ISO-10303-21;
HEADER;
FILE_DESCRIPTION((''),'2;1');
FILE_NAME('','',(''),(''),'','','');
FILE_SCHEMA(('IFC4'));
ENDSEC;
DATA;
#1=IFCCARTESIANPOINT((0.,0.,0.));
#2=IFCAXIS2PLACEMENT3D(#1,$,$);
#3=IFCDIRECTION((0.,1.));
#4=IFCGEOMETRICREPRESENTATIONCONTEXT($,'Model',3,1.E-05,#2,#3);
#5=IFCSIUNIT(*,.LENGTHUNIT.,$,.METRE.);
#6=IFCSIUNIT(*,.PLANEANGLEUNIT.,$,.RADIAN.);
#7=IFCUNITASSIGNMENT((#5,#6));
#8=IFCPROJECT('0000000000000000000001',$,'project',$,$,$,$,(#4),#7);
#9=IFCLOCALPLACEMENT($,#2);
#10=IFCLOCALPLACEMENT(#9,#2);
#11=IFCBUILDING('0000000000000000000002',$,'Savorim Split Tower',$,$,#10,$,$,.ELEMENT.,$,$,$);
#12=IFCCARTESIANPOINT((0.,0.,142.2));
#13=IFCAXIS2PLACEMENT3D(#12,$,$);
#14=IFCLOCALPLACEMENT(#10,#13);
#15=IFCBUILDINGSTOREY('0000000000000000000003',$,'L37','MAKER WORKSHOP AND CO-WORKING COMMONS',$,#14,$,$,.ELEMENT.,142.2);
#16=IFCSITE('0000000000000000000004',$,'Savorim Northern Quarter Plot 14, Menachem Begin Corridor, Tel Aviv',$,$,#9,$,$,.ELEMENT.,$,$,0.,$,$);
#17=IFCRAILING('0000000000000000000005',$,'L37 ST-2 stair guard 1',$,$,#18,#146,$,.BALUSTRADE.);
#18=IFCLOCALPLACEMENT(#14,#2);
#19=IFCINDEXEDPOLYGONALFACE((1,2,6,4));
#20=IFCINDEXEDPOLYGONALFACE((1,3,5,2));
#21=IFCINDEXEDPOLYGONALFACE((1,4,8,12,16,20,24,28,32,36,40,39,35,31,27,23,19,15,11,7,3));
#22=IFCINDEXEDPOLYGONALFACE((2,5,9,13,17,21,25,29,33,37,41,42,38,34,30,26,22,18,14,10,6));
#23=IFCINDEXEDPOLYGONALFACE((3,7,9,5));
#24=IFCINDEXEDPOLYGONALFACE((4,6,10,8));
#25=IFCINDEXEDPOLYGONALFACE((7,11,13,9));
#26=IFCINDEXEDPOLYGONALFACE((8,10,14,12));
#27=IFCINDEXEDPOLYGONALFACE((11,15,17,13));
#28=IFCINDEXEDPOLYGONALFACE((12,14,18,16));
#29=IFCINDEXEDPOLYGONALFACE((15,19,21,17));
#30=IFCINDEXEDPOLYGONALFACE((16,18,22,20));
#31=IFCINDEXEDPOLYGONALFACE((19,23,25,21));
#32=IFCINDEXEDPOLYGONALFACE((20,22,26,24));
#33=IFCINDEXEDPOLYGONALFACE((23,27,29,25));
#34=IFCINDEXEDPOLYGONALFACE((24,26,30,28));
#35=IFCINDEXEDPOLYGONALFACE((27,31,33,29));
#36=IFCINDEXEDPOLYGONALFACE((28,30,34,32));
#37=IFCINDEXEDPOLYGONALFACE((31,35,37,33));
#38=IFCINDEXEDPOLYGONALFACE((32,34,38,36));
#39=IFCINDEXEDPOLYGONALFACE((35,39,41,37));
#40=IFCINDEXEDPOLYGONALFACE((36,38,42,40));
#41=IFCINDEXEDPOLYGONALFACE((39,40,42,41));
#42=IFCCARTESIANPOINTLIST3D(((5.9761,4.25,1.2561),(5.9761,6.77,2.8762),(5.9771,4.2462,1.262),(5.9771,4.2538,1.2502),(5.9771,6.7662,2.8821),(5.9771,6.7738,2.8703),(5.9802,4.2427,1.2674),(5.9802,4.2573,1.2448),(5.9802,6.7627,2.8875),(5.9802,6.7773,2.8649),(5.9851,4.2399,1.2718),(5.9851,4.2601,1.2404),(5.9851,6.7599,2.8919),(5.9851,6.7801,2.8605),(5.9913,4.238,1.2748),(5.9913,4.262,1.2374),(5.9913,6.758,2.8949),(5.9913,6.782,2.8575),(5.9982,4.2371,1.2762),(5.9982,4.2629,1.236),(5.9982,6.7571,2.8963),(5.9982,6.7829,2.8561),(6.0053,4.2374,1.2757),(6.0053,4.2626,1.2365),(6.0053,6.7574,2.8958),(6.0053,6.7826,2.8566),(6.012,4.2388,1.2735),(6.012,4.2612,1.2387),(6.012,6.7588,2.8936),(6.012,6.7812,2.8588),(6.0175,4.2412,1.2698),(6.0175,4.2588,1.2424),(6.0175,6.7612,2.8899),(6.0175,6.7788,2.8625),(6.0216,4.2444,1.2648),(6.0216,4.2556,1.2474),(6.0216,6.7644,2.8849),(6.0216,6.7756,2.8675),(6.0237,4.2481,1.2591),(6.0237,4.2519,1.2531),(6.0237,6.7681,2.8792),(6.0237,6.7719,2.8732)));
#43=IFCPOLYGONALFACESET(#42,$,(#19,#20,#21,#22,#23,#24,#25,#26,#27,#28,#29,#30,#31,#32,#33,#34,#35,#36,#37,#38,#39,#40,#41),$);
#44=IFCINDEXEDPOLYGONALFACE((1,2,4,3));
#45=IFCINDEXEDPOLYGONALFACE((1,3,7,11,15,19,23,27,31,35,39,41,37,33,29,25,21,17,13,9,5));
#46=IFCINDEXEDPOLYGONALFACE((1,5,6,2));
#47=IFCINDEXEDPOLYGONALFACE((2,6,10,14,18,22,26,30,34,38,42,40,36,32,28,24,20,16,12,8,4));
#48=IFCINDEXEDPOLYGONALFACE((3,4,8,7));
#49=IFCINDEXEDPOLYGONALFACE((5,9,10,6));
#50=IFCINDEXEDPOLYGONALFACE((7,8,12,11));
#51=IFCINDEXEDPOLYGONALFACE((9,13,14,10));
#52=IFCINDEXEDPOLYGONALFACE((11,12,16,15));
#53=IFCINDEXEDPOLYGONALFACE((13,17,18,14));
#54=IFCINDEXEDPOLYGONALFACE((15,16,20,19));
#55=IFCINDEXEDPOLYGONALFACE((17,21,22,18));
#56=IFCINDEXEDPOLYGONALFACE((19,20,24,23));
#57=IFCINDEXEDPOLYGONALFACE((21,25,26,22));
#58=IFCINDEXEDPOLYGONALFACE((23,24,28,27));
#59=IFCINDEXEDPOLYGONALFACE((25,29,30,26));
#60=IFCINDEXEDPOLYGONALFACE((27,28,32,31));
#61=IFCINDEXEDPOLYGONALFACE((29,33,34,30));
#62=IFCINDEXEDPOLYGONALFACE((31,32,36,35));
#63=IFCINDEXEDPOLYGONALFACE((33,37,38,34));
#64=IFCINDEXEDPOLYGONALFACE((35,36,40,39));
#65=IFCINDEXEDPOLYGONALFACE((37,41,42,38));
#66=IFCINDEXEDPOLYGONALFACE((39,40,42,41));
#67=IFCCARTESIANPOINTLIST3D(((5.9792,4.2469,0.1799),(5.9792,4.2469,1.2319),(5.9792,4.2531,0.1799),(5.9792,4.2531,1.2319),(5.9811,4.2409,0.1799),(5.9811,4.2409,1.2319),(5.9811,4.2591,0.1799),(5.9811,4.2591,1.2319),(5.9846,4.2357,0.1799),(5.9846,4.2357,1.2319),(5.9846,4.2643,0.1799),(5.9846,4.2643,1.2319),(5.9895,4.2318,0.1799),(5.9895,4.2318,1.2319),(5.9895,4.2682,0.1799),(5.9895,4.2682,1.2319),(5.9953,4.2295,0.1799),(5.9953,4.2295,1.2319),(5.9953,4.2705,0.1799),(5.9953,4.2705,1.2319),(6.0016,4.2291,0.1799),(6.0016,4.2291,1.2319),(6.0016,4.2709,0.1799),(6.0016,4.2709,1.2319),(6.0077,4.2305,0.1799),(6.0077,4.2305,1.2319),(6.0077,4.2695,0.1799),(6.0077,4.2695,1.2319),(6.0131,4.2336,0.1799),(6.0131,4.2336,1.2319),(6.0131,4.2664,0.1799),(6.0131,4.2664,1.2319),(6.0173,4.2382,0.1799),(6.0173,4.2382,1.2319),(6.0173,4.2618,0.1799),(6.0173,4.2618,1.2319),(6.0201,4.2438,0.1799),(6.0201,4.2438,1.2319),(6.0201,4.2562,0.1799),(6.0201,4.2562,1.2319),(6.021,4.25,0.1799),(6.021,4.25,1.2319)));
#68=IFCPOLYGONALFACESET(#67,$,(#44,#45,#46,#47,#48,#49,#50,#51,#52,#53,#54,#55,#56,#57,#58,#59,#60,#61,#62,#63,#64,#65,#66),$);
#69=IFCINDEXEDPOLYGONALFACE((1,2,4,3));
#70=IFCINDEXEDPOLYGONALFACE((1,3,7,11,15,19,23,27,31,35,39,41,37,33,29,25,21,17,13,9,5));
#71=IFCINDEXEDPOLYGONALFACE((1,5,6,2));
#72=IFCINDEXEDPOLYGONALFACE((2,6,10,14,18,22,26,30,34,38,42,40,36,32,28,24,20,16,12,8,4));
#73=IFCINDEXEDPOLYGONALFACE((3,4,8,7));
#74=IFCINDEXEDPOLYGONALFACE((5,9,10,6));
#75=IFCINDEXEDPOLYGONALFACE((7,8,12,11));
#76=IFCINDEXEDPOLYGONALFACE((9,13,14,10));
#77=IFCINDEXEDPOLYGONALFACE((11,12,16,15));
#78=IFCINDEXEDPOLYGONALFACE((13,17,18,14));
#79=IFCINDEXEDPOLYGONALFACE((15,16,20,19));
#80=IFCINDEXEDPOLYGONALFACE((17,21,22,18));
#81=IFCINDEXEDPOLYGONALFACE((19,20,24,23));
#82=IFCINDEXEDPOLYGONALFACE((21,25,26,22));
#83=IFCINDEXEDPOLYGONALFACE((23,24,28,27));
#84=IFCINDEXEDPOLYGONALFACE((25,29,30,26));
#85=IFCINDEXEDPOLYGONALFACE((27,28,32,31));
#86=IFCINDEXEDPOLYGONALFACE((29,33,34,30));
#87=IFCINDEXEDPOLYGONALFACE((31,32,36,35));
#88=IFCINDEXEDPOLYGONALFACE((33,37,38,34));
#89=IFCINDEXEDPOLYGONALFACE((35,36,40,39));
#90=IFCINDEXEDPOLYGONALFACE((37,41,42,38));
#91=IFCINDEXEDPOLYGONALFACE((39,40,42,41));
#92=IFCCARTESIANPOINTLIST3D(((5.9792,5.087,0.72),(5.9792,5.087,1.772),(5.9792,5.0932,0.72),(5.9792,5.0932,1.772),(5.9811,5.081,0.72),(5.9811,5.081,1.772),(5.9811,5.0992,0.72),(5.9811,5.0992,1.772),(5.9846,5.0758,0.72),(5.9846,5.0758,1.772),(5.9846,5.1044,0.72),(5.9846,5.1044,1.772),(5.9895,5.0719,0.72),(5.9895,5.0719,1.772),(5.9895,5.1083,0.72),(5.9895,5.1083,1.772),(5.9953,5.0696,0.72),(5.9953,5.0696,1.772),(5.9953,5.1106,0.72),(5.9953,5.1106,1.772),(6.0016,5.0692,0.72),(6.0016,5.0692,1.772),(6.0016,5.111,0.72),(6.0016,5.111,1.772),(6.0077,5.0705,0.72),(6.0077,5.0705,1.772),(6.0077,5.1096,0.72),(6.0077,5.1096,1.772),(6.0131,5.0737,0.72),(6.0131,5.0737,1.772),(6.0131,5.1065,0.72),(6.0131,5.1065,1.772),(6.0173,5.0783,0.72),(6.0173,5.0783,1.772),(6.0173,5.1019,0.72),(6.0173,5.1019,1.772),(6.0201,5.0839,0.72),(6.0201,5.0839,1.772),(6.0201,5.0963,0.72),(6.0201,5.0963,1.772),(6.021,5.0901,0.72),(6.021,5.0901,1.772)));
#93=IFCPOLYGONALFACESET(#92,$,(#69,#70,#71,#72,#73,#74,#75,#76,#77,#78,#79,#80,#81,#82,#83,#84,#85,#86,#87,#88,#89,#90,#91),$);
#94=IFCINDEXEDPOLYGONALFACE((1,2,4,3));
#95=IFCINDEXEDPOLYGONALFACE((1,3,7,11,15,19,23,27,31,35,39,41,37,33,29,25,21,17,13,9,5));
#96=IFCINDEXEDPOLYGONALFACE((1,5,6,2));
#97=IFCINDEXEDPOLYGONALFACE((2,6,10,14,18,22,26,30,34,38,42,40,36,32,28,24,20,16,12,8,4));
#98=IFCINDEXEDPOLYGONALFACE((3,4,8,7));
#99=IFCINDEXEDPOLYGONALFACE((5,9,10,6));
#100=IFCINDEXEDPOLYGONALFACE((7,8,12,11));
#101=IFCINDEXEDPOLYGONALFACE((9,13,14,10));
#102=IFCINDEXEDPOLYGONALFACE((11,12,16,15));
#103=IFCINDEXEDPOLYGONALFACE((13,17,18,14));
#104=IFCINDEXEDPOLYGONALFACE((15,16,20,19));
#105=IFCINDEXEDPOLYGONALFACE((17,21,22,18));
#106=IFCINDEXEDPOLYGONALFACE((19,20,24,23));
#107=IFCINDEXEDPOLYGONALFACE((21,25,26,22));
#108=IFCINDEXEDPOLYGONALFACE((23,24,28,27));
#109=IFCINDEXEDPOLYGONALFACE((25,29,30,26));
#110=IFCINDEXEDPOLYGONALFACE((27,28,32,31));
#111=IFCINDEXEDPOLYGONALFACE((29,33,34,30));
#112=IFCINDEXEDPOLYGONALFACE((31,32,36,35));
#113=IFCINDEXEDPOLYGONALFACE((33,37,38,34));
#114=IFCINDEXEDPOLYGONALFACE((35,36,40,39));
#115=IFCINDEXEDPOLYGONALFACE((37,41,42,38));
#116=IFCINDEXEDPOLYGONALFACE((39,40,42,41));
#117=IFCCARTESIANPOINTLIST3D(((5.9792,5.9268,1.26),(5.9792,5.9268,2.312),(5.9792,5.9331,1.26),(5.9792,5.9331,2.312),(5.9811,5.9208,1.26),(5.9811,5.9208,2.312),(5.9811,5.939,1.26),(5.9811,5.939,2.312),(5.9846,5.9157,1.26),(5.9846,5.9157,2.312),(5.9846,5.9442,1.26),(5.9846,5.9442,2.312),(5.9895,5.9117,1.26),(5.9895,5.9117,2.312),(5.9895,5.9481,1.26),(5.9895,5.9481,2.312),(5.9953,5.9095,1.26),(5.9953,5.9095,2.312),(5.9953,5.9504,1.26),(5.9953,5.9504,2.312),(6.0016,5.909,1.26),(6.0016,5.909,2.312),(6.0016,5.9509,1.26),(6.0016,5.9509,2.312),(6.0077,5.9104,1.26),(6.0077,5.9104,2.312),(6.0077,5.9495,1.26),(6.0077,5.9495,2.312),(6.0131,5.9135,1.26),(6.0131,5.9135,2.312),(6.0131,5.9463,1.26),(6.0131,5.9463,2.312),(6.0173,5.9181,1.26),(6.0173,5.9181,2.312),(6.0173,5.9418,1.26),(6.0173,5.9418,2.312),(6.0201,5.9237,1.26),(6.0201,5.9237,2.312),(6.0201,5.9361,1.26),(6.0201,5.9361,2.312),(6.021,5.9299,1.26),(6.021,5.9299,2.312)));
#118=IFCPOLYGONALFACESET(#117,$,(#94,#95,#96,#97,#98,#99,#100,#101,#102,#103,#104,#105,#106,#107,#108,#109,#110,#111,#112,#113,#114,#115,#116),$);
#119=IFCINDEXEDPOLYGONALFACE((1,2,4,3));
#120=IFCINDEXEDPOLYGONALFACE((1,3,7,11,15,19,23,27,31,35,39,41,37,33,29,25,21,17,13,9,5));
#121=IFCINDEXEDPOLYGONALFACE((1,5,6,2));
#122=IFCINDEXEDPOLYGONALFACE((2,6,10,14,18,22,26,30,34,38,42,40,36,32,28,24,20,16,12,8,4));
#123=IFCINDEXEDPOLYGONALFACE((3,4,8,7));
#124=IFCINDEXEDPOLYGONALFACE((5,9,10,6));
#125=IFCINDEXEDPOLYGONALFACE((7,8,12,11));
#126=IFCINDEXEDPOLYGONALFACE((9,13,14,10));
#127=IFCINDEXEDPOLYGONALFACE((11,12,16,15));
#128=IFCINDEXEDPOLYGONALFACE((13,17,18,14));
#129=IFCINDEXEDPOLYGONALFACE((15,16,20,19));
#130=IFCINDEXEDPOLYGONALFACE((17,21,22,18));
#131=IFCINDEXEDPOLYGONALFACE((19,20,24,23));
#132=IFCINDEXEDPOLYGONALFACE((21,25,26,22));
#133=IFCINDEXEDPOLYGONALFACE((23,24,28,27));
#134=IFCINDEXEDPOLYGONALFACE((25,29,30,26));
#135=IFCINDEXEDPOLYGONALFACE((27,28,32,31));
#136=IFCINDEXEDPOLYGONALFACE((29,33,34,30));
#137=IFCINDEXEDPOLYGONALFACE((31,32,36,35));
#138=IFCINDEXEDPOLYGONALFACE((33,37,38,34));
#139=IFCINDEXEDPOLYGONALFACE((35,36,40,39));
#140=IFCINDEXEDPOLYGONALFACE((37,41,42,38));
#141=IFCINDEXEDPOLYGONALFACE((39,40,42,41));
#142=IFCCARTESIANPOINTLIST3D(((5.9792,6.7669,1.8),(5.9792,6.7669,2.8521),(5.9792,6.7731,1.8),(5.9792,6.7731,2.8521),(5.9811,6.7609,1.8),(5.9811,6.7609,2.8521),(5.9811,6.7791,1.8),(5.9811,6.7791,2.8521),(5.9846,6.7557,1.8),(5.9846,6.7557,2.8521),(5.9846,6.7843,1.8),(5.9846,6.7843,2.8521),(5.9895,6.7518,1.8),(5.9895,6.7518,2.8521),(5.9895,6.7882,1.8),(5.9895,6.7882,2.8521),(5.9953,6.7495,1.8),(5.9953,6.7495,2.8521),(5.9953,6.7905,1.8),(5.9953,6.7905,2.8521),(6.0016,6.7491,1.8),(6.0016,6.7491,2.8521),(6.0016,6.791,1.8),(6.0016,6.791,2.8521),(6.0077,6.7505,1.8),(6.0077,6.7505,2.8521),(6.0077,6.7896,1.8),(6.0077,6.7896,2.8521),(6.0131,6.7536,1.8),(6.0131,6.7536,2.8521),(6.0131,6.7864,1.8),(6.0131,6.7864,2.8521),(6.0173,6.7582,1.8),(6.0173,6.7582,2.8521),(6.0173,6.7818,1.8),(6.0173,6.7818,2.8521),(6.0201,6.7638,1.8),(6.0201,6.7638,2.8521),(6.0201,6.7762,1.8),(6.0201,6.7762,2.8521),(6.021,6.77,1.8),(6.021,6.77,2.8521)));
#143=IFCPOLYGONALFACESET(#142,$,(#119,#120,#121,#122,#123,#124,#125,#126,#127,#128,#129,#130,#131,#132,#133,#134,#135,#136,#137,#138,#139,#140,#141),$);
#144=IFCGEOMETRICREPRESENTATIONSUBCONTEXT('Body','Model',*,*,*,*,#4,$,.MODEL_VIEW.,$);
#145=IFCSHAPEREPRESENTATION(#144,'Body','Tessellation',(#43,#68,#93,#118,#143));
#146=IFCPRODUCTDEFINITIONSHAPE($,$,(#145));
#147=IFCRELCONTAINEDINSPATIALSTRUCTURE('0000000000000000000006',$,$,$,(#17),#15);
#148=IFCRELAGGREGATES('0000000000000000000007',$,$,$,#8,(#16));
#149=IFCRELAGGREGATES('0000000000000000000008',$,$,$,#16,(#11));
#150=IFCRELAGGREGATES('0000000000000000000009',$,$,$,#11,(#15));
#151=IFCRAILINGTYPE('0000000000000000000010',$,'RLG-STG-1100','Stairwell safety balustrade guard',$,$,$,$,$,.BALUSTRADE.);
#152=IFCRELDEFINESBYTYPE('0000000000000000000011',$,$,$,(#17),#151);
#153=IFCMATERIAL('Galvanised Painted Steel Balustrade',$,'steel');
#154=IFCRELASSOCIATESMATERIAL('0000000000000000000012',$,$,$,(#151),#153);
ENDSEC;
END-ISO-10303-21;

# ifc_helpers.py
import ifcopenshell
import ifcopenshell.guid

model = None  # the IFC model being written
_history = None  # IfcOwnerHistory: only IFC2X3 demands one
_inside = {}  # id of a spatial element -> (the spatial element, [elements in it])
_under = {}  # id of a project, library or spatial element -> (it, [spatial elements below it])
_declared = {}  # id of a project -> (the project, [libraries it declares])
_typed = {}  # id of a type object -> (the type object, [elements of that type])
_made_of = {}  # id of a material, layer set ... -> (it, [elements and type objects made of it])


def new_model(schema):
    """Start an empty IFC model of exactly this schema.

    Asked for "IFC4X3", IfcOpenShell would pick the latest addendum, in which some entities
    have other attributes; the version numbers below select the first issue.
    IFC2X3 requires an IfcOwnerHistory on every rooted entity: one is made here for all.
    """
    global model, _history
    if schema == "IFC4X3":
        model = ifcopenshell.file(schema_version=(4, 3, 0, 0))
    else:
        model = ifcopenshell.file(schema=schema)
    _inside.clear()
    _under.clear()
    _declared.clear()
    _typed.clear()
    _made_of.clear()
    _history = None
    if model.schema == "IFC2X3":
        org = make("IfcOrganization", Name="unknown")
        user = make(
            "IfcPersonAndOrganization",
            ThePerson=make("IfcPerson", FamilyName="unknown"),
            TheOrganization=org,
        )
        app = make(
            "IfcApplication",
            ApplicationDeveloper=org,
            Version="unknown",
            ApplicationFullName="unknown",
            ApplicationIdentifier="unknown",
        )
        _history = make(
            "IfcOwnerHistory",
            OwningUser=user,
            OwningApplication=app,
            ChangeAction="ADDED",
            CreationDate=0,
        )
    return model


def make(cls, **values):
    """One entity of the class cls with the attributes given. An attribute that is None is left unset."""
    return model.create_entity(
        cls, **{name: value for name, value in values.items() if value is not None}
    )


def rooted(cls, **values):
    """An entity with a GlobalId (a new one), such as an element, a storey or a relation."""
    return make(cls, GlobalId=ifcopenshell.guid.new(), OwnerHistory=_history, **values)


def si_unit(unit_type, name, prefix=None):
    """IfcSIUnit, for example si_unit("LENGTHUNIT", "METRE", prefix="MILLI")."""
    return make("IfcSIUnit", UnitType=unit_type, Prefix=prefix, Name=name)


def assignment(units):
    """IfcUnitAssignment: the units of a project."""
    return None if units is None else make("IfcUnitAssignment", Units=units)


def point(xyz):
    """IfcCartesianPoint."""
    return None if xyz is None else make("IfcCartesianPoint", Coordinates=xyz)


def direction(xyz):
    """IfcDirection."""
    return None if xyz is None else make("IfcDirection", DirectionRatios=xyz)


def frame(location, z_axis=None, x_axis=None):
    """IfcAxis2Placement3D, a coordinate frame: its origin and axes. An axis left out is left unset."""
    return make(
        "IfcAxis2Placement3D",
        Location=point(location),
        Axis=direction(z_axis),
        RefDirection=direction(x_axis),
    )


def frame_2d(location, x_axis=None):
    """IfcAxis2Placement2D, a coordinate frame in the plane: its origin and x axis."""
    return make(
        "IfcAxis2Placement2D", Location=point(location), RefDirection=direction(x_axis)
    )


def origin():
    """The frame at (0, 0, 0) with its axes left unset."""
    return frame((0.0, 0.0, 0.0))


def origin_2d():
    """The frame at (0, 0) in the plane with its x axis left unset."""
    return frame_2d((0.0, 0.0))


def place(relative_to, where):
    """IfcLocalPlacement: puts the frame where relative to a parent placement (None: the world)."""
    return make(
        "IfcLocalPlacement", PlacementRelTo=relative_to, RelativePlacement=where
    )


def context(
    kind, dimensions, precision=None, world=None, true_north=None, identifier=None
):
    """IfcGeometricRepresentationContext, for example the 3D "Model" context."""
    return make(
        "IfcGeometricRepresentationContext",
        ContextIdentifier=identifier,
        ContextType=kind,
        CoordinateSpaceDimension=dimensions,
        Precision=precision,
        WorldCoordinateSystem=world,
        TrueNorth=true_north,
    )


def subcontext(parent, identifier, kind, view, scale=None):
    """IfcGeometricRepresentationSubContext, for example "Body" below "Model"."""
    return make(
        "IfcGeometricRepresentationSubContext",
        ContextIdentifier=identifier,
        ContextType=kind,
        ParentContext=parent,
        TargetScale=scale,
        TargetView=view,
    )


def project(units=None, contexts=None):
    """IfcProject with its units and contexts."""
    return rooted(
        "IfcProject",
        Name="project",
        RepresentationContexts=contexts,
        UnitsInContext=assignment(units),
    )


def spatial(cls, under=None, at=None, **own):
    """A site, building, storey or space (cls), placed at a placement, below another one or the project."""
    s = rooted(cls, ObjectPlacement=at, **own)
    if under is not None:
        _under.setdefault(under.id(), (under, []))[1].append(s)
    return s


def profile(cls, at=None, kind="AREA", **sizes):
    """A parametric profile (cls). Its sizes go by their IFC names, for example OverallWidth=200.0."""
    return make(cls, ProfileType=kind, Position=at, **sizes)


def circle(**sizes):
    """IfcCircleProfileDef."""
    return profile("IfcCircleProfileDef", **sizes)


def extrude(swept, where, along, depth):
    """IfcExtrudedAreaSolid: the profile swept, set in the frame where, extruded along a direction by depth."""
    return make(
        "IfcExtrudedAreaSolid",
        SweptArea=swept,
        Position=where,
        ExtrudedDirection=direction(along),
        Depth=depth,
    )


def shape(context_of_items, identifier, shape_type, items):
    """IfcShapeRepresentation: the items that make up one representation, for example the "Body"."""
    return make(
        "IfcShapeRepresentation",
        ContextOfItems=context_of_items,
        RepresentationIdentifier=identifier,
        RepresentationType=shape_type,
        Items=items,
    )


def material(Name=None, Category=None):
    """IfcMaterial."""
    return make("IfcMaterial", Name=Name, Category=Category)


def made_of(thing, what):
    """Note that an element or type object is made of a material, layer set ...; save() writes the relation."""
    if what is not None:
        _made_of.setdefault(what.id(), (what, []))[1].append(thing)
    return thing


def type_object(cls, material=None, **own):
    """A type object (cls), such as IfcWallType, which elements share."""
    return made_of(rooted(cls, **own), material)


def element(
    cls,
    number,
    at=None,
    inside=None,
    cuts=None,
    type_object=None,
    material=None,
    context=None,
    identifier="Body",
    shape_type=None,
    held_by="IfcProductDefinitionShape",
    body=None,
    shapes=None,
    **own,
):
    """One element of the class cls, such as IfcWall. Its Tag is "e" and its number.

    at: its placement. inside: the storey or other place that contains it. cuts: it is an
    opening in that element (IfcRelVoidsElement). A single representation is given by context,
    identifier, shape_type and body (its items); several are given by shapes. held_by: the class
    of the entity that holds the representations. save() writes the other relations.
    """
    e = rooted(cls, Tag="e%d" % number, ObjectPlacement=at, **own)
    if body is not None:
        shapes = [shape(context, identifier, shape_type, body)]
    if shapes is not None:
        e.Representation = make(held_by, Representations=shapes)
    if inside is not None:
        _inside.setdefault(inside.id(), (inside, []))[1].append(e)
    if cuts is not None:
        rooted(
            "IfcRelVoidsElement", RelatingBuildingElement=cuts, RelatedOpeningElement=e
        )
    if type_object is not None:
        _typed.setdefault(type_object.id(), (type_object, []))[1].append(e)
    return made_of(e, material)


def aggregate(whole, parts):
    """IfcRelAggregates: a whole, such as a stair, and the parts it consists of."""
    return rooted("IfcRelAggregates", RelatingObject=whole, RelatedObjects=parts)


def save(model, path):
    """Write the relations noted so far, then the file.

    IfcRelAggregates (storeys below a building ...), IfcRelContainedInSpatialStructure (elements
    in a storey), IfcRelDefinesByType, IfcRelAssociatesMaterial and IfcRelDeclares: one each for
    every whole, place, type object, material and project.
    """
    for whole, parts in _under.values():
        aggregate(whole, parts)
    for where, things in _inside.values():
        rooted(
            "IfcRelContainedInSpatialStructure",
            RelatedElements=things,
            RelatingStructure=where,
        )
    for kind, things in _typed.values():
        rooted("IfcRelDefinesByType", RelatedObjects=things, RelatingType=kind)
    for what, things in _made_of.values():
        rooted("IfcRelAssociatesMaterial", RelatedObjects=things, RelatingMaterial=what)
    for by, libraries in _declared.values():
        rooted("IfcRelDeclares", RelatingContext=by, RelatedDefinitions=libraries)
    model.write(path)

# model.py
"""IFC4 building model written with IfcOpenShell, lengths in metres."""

from ifc_helpers import new_model, si_unit, direction, frame, origin, origin_2d, place, context, subcontext, project, spatial, circle, extrude, material, type_object, element, save


model = new_model("IFC4")

# Units and contexts
model_context = context("Model", 3, precision=1e-05, world=origin(), true_north=direction((0.0, 1.0)))
body_context = subcontext(model_context, "Body", "Model", "MODEL_VIEW")
ifc_project = project(units=[si_unit("LENGTHUNIT", "METRE"), si_unit("PLANEANGLEUNIT", "RADIAN")], contexts=[model_context])

# Site, building, storey
site_placement = place(None, origin())
site = spatial("IfcSite", under=ifc_project, at=site_placement, Name="Savorim Northern Quarter Plot 14, Menachem Begin Corridor, Tel Aviv", CompositionType="ELEMENT", RefElevation=0.0)
building_placement = place(site_placement, origin())
building = spatial("IfcBuilding", under=site, at=building_placement, Name="Savorim Split Tower", CompositionType="ELEMENT")
storey_placement = place(building_placement, frame((0.0, 0.0, 142.2)))
storey = spatial("IfcBuildingStorey", under=building, at=storey_placement, Name="L37", Description="MAKER WORKSHOP AND CO-WORKING COMMONS", CompositionType="ELEMENT", Elevation=142.2)

# Railing
ifc_material_1 = material(Name="Galvanised Painted Steel Balustrade", Category="steel")
railing_type_1 = type_object("IfcRailingType", Name="RLG-STG-1100", Description="Stairwell safety balustrade guard", PredefinedType="BALUSTRADE", material=ifc_material_1)
railing_1_placement = place(storey_placement, frame((6.0, 4.25, 0.1799)))
element("IfcRailing", 1, at=railing_1_placement, inside=storey, type_object=railing_type_1, Name="L37 ST-2 stair guard 1", PredefinedType="BALUSTRADE", context=body_context, shape_type="SweptSolid", body=[
    extrude(circle(Radius=0.0239, at=origin_2d()), frame((0.0, 0.0, 1.0762), z_axis=(0.0, 0.841163, 0.540782), x_axis=(-1.0, 0.0, 0.0)), (0.0, 0.0, 1.0), 2.9958),
    extrude(circle(Radius=0.021, at=origin_2d()), origin(), (0.0, 0.0, 1.0), 1.052),
    extrude(circle(Radius=0.021, at=origin_2d()), frame((0.0, 0.8401, 0.54)), (0.0, 0.0, 1.0), 1.052),
    extrude(circle(Radius=0.021, at=origin_2d()), frame((0.0, 1.6799, 1.0801)), (0.0, 0.0, 1.0), 1.052),
    extrude(circle(Radius=0.021, at=origin_2d()), frame((0.0, 2.52, 1.6201)), (0.0, 0.0, 1.0), 1.052),
])

save(model, "model.ifc")
